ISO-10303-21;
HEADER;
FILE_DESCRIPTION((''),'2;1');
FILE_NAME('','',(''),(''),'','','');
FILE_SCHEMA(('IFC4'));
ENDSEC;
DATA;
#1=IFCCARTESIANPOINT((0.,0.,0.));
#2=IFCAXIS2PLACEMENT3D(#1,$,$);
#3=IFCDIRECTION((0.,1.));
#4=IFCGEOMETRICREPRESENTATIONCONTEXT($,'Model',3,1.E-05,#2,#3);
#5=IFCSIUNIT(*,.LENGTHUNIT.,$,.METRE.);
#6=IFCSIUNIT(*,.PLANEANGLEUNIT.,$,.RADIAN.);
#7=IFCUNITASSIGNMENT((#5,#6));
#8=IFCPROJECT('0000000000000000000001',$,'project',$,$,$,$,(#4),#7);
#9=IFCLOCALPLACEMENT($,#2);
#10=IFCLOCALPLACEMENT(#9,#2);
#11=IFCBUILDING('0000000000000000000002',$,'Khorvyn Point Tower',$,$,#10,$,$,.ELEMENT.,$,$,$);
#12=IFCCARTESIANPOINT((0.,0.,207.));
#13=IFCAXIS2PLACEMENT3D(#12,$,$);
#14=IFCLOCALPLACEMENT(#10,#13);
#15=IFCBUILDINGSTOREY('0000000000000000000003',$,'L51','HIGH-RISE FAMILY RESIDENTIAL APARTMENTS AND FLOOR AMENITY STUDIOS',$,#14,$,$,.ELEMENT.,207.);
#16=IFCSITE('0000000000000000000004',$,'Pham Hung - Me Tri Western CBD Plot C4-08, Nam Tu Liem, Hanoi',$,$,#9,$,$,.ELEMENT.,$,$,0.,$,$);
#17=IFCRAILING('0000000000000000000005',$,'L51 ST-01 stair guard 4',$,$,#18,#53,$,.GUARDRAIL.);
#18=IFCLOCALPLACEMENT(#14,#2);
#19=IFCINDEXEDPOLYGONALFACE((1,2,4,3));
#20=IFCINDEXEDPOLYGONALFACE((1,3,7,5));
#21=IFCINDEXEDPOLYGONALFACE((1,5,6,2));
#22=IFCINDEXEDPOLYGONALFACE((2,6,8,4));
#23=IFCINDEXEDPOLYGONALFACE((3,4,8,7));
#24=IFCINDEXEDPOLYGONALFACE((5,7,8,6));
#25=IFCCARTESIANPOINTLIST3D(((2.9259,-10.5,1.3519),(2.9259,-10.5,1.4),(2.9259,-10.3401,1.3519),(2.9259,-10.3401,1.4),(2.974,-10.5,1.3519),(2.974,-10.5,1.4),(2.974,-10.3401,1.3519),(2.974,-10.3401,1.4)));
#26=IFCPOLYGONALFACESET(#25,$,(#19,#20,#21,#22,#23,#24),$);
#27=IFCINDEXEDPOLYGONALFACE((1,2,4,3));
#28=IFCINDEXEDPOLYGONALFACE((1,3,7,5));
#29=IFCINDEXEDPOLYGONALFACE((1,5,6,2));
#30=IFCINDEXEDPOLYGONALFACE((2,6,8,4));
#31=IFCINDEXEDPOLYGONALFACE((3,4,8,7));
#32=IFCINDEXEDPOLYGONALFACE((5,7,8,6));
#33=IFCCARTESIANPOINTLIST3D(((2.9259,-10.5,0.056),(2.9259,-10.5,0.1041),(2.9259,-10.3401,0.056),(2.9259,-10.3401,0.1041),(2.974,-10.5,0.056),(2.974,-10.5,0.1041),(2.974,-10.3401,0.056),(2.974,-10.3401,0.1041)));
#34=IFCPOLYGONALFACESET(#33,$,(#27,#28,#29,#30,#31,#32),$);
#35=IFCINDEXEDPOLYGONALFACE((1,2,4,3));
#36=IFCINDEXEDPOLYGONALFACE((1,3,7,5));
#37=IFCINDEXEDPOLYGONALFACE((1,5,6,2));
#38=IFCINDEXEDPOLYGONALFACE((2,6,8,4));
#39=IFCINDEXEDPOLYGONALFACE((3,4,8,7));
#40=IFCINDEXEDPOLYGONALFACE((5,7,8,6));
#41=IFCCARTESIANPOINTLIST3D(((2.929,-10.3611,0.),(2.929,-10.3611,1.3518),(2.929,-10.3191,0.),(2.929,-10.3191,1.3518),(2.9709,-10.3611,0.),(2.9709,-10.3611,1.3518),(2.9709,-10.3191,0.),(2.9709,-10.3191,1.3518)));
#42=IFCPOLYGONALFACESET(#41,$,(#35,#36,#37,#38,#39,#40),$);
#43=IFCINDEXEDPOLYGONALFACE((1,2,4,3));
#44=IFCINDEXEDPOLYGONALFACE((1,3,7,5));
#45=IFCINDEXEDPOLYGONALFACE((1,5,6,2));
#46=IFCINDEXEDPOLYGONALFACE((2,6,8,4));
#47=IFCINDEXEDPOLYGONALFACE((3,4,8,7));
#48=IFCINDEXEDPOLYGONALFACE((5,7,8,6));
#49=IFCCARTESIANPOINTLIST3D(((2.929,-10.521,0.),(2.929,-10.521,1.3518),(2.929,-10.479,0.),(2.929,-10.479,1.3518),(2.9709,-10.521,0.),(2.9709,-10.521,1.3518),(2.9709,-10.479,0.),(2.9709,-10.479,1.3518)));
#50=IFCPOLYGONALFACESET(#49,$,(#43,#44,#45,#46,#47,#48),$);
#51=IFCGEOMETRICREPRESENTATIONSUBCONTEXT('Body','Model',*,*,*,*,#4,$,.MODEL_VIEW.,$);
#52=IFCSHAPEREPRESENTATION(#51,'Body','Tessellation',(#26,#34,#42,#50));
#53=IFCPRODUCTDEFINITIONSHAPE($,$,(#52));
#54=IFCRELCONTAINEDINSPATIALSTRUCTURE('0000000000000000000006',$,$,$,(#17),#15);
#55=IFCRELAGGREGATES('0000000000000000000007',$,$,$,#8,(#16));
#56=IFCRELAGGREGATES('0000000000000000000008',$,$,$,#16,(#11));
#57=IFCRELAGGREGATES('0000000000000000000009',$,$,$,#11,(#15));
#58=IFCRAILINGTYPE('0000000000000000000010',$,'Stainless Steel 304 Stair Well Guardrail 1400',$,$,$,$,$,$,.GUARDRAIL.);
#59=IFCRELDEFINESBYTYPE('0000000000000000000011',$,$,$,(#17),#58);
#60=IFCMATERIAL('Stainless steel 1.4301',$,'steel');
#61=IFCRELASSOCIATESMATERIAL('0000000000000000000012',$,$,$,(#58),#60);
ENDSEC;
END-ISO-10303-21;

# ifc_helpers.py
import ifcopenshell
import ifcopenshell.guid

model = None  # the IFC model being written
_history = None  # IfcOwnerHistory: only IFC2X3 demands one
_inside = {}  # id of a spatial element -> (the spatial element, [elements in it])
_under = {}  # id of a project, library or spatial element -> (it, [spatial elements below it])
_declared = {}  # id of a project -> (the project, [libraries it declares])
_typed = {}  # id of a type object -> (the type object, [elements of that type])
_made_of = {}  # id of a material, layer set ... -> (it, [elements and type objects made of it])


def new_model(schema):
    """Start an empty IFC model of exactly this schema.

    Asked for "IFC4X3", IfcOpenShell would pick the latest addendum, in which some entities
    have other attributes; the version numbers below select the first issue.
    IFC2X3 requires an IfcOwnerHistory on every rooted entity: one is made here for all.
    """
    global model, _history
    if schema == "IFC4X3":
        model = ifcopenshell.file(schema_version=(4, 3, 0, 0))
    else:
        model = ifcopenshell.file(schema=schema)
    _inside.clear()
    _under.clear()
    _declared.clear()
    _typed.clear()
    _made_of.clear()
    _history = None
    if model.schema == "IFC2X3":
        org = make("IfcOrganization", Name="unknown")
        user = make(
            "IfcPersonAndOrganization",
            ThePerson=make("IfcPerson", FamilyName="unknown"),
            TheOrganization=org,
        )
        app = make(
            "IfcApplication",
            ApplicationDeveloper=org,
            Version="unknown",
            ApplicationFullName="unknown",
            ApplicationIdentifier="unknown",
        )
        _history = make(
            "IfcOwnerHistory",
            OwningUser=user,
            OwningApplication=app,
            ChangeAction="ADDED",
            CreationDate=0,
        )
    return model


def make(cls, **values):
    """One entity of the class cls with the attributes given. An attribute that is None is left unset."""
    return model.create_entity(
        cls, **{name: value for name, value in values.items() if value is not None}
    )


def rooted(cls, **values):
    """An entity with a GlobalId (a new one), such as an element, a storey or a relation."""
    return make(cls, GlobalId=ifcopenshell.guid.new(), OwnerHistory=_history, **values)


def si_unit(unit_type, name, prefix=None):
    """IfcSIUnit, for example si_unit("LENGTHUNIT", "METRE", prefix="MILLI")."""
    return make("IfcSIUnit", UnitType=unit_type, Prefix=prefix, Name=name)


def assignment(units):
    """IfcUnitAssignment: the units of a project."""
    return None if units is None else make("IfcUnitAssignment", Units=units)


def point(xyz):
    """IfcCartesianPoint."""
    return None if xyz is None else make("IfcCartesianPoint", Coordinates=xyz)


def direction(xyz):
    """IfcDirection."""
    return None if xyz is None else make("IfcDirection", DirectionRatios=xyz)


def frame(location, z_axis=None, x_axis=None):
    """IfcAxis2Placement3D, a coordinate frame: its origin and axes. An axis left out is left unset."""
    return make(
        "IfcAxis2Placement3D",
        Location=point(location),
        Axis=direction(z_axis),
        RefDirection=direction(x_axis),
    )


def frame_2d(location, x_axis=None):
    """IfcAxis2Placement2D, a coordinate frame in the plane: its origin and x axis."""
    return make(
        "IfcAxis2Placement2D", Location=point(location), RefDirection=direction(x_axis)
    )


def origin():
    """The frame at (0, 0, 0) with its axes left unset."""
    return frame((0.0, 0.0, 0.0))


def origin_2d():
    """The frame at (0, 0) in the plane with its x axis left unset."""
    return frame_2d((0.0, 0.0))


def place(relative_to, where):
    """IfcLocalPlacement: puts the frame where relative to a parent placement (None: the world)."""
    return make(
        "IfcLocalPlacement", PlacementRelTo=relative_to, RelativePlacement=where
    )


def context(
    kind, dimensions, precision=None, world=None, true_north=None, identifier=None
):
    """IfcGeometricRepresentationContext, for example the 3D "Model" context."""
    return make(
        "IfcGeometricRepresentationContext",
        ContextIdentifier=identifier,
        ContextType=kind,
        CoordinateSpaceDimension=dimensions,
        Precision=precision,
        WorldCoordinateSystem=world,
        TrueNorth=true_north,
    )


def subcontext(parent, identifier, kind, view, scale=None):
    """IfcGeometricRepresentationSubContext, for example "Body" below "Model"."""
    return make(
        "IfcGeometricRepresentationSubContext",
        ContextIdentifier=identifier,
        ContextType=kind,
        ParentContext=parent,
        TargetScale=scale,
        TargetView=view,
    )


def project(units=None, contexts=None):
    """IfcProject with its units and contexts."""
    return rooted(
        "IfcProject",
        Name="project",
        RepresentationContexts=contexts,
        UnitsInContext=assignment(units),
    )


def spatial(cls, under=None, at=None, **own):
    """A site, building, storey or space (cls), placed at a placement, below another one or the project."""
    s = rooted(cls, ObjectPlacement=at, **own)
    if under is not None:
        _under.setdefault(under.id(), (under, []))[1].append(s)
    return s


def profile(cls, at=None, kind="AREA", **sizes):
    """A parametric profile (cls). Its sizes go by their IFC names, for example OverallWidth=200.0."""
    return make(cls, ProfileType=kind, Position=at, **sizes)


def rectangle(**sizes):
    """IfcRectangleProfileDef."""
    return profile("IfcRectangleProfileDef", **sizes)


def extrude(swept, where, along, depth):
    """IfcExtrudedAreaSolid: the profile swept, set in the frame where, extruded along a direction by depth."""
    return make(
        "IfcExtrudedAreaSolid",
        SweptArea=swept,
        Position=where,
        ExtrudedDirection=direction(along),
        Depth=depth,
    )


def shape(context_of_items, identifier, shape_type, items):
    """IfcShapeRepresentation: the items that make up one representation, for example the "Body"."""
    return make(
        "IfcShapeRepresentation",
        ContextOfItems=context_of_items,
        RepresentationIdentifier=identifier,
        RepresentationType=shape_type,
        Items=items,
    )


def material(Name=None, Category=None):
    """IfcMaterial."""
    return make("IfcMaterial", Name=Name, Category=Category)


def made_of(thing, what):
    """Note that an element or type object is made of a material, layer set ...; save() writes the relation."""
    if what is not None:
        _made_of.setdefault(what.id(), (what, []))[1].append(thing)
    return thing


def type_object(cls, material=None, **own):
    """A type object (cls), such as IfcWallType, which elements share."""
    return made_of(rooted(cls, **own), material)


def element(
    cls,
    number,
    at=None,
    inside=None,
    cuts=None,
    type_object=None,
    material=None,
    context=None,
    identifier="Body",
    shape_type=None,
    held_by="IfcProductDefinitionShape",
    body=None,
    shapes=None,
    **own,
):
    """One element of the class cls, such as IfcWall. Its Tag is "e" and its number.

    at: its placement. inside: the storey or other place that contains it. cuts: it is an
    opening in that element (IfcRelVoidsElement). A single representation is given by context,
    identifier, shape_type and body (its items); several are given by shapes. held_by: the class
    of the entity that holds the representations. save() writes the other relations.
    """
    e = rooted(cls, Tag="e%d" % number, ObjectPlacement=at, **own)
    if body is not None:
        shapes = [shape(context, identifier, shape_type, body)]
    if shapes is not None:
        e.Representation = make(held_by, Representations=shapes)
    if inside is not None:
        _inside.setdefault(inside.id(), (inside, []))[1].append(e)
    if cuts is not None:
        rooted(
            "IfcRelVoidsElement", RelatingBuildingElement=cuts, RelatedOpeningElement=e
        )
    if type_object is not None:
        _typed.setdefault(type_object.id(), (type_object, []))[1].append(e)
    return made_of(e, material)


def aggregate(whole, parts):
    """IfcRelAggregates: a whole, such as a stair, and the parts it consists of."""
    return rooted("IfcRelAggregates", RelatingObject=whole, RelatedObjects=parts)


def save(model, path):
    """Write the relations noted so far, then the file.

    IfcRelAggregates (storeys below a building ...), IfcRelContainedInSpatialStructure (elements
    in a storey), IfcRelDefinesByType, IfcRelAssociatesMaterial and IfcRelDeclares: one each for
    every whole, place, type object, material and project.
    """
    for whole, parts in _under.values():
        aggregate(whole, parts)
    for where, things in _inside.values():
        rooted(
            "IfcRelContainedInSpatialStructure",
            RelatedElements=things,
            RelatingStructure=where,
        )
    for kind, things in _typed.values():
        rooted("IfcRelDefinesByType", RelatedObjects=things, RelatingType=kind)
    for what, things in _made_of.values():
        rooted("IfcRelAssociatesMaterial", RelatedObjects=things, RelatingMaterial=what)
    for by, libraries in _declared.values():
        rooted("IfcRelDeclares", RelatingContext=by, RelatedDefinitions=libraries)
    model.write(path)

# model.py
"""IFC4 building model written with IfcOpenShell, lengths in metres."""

from ifc_helpers import new_model, si_unit, direction, frame, origin, origin_2d, place, context, subcontext, project, spatial, rectangle, extrude, material, type_object, element, save


model = new_model("IFC4")

# Units and contexts
model_context = context("Model", 3, precision=1e-05, world=origin(), true_north=direction((0.0, 1.0)))
body_context = subcontext(model_context, "Body", "Model", "MODEL_VIEW")
ifc_project = project(units=[si_unit("LENGTHUNIT", "METRE"), si_unit("PLANEANGLEUNIT", "RADIAN")], contexts=[model_context])

# Site, building, storey
site_placement = place(None, origin())
site = spatial("IfcSite", under=ifc_project, at=site_placement, Name="Pham Hung - Me Tri Western CBD Plot C4-08, Nam Tu Liem, Hanoi", CompositionType="ELEMENT", RefElevation=0.0)
building_placement = place(site_placement, origin())
building = spatial("IfcBuilding", under=site, at=building_placement, Name="Khorvyn Point Tower", CompositionType="ELEMENT")
storey_placement = place(building_placement, frame((0.0, 0.0, 207.0)))
storey = spatial("IfcBuildingStorey", under=building, at=storey_placement, Name="L51", Description="HIGH-RISE FAMILY RESIDENTIAL APARTMENTS AND FLOOR AMENITY STUDIOS", CompositionType="ELEMENT", Elevation=207.0)

# Railing
ifc_material_1 = material(Name="Stainless steel 1.4301", Category="steel")
railing_type_1 = type_object("IfcRailingType", Name="Stainless Steel 304 Stair Well Guardrail 1400", PredefinedType="GUARDRAIL", material=ifc_material_1)
railing_1_placement = place(storey_placement, frame((2.95, -10.3401, 0.0)))
element("IfcRailing", 1, at=railing_1_placement, inside=storey, type_object=railing_type_1, Name="L51 ST-01 stair guard 4", PredefinedType="GUARDRAIL", context=body_context, shape_type="SweptSolid", body=[
    extrude(rectangle(XDim=0.0481, YDim=0.0481, at=origin_2d()), frame((0.0, 0.0, 1.376), z_axis=(0.0, -1.0, 0.0), x_axis=(1.0, 0.0, 0.0)), (0.0, 0.0, 1.0), 0.1599),
    extrude(rectangle(XDim=0.0481, YDim=0.0481, at=origin_2d()), frame((0.0, 0.0, 0.0801), z_axis=(0.0, -1.0, 0.0), x_axis=(1.0, 0.0, 0.0)), (0.0, 0.0, 1.0), 0.1599),
    extrude(rectangle(XDim=0.042, YDim=0.042, at=origin_2d()), origin(), (0.0, 0.0, 1.0), 1.3518),
    extrude(rectangle(XDim=0.042, YDim=0.042, at=origin_2d()), frame((0.0, -0.1599, 0.0)), (0.0, 0.0, 1.0), 1.3518),
])

save(model, "model.ifc")
